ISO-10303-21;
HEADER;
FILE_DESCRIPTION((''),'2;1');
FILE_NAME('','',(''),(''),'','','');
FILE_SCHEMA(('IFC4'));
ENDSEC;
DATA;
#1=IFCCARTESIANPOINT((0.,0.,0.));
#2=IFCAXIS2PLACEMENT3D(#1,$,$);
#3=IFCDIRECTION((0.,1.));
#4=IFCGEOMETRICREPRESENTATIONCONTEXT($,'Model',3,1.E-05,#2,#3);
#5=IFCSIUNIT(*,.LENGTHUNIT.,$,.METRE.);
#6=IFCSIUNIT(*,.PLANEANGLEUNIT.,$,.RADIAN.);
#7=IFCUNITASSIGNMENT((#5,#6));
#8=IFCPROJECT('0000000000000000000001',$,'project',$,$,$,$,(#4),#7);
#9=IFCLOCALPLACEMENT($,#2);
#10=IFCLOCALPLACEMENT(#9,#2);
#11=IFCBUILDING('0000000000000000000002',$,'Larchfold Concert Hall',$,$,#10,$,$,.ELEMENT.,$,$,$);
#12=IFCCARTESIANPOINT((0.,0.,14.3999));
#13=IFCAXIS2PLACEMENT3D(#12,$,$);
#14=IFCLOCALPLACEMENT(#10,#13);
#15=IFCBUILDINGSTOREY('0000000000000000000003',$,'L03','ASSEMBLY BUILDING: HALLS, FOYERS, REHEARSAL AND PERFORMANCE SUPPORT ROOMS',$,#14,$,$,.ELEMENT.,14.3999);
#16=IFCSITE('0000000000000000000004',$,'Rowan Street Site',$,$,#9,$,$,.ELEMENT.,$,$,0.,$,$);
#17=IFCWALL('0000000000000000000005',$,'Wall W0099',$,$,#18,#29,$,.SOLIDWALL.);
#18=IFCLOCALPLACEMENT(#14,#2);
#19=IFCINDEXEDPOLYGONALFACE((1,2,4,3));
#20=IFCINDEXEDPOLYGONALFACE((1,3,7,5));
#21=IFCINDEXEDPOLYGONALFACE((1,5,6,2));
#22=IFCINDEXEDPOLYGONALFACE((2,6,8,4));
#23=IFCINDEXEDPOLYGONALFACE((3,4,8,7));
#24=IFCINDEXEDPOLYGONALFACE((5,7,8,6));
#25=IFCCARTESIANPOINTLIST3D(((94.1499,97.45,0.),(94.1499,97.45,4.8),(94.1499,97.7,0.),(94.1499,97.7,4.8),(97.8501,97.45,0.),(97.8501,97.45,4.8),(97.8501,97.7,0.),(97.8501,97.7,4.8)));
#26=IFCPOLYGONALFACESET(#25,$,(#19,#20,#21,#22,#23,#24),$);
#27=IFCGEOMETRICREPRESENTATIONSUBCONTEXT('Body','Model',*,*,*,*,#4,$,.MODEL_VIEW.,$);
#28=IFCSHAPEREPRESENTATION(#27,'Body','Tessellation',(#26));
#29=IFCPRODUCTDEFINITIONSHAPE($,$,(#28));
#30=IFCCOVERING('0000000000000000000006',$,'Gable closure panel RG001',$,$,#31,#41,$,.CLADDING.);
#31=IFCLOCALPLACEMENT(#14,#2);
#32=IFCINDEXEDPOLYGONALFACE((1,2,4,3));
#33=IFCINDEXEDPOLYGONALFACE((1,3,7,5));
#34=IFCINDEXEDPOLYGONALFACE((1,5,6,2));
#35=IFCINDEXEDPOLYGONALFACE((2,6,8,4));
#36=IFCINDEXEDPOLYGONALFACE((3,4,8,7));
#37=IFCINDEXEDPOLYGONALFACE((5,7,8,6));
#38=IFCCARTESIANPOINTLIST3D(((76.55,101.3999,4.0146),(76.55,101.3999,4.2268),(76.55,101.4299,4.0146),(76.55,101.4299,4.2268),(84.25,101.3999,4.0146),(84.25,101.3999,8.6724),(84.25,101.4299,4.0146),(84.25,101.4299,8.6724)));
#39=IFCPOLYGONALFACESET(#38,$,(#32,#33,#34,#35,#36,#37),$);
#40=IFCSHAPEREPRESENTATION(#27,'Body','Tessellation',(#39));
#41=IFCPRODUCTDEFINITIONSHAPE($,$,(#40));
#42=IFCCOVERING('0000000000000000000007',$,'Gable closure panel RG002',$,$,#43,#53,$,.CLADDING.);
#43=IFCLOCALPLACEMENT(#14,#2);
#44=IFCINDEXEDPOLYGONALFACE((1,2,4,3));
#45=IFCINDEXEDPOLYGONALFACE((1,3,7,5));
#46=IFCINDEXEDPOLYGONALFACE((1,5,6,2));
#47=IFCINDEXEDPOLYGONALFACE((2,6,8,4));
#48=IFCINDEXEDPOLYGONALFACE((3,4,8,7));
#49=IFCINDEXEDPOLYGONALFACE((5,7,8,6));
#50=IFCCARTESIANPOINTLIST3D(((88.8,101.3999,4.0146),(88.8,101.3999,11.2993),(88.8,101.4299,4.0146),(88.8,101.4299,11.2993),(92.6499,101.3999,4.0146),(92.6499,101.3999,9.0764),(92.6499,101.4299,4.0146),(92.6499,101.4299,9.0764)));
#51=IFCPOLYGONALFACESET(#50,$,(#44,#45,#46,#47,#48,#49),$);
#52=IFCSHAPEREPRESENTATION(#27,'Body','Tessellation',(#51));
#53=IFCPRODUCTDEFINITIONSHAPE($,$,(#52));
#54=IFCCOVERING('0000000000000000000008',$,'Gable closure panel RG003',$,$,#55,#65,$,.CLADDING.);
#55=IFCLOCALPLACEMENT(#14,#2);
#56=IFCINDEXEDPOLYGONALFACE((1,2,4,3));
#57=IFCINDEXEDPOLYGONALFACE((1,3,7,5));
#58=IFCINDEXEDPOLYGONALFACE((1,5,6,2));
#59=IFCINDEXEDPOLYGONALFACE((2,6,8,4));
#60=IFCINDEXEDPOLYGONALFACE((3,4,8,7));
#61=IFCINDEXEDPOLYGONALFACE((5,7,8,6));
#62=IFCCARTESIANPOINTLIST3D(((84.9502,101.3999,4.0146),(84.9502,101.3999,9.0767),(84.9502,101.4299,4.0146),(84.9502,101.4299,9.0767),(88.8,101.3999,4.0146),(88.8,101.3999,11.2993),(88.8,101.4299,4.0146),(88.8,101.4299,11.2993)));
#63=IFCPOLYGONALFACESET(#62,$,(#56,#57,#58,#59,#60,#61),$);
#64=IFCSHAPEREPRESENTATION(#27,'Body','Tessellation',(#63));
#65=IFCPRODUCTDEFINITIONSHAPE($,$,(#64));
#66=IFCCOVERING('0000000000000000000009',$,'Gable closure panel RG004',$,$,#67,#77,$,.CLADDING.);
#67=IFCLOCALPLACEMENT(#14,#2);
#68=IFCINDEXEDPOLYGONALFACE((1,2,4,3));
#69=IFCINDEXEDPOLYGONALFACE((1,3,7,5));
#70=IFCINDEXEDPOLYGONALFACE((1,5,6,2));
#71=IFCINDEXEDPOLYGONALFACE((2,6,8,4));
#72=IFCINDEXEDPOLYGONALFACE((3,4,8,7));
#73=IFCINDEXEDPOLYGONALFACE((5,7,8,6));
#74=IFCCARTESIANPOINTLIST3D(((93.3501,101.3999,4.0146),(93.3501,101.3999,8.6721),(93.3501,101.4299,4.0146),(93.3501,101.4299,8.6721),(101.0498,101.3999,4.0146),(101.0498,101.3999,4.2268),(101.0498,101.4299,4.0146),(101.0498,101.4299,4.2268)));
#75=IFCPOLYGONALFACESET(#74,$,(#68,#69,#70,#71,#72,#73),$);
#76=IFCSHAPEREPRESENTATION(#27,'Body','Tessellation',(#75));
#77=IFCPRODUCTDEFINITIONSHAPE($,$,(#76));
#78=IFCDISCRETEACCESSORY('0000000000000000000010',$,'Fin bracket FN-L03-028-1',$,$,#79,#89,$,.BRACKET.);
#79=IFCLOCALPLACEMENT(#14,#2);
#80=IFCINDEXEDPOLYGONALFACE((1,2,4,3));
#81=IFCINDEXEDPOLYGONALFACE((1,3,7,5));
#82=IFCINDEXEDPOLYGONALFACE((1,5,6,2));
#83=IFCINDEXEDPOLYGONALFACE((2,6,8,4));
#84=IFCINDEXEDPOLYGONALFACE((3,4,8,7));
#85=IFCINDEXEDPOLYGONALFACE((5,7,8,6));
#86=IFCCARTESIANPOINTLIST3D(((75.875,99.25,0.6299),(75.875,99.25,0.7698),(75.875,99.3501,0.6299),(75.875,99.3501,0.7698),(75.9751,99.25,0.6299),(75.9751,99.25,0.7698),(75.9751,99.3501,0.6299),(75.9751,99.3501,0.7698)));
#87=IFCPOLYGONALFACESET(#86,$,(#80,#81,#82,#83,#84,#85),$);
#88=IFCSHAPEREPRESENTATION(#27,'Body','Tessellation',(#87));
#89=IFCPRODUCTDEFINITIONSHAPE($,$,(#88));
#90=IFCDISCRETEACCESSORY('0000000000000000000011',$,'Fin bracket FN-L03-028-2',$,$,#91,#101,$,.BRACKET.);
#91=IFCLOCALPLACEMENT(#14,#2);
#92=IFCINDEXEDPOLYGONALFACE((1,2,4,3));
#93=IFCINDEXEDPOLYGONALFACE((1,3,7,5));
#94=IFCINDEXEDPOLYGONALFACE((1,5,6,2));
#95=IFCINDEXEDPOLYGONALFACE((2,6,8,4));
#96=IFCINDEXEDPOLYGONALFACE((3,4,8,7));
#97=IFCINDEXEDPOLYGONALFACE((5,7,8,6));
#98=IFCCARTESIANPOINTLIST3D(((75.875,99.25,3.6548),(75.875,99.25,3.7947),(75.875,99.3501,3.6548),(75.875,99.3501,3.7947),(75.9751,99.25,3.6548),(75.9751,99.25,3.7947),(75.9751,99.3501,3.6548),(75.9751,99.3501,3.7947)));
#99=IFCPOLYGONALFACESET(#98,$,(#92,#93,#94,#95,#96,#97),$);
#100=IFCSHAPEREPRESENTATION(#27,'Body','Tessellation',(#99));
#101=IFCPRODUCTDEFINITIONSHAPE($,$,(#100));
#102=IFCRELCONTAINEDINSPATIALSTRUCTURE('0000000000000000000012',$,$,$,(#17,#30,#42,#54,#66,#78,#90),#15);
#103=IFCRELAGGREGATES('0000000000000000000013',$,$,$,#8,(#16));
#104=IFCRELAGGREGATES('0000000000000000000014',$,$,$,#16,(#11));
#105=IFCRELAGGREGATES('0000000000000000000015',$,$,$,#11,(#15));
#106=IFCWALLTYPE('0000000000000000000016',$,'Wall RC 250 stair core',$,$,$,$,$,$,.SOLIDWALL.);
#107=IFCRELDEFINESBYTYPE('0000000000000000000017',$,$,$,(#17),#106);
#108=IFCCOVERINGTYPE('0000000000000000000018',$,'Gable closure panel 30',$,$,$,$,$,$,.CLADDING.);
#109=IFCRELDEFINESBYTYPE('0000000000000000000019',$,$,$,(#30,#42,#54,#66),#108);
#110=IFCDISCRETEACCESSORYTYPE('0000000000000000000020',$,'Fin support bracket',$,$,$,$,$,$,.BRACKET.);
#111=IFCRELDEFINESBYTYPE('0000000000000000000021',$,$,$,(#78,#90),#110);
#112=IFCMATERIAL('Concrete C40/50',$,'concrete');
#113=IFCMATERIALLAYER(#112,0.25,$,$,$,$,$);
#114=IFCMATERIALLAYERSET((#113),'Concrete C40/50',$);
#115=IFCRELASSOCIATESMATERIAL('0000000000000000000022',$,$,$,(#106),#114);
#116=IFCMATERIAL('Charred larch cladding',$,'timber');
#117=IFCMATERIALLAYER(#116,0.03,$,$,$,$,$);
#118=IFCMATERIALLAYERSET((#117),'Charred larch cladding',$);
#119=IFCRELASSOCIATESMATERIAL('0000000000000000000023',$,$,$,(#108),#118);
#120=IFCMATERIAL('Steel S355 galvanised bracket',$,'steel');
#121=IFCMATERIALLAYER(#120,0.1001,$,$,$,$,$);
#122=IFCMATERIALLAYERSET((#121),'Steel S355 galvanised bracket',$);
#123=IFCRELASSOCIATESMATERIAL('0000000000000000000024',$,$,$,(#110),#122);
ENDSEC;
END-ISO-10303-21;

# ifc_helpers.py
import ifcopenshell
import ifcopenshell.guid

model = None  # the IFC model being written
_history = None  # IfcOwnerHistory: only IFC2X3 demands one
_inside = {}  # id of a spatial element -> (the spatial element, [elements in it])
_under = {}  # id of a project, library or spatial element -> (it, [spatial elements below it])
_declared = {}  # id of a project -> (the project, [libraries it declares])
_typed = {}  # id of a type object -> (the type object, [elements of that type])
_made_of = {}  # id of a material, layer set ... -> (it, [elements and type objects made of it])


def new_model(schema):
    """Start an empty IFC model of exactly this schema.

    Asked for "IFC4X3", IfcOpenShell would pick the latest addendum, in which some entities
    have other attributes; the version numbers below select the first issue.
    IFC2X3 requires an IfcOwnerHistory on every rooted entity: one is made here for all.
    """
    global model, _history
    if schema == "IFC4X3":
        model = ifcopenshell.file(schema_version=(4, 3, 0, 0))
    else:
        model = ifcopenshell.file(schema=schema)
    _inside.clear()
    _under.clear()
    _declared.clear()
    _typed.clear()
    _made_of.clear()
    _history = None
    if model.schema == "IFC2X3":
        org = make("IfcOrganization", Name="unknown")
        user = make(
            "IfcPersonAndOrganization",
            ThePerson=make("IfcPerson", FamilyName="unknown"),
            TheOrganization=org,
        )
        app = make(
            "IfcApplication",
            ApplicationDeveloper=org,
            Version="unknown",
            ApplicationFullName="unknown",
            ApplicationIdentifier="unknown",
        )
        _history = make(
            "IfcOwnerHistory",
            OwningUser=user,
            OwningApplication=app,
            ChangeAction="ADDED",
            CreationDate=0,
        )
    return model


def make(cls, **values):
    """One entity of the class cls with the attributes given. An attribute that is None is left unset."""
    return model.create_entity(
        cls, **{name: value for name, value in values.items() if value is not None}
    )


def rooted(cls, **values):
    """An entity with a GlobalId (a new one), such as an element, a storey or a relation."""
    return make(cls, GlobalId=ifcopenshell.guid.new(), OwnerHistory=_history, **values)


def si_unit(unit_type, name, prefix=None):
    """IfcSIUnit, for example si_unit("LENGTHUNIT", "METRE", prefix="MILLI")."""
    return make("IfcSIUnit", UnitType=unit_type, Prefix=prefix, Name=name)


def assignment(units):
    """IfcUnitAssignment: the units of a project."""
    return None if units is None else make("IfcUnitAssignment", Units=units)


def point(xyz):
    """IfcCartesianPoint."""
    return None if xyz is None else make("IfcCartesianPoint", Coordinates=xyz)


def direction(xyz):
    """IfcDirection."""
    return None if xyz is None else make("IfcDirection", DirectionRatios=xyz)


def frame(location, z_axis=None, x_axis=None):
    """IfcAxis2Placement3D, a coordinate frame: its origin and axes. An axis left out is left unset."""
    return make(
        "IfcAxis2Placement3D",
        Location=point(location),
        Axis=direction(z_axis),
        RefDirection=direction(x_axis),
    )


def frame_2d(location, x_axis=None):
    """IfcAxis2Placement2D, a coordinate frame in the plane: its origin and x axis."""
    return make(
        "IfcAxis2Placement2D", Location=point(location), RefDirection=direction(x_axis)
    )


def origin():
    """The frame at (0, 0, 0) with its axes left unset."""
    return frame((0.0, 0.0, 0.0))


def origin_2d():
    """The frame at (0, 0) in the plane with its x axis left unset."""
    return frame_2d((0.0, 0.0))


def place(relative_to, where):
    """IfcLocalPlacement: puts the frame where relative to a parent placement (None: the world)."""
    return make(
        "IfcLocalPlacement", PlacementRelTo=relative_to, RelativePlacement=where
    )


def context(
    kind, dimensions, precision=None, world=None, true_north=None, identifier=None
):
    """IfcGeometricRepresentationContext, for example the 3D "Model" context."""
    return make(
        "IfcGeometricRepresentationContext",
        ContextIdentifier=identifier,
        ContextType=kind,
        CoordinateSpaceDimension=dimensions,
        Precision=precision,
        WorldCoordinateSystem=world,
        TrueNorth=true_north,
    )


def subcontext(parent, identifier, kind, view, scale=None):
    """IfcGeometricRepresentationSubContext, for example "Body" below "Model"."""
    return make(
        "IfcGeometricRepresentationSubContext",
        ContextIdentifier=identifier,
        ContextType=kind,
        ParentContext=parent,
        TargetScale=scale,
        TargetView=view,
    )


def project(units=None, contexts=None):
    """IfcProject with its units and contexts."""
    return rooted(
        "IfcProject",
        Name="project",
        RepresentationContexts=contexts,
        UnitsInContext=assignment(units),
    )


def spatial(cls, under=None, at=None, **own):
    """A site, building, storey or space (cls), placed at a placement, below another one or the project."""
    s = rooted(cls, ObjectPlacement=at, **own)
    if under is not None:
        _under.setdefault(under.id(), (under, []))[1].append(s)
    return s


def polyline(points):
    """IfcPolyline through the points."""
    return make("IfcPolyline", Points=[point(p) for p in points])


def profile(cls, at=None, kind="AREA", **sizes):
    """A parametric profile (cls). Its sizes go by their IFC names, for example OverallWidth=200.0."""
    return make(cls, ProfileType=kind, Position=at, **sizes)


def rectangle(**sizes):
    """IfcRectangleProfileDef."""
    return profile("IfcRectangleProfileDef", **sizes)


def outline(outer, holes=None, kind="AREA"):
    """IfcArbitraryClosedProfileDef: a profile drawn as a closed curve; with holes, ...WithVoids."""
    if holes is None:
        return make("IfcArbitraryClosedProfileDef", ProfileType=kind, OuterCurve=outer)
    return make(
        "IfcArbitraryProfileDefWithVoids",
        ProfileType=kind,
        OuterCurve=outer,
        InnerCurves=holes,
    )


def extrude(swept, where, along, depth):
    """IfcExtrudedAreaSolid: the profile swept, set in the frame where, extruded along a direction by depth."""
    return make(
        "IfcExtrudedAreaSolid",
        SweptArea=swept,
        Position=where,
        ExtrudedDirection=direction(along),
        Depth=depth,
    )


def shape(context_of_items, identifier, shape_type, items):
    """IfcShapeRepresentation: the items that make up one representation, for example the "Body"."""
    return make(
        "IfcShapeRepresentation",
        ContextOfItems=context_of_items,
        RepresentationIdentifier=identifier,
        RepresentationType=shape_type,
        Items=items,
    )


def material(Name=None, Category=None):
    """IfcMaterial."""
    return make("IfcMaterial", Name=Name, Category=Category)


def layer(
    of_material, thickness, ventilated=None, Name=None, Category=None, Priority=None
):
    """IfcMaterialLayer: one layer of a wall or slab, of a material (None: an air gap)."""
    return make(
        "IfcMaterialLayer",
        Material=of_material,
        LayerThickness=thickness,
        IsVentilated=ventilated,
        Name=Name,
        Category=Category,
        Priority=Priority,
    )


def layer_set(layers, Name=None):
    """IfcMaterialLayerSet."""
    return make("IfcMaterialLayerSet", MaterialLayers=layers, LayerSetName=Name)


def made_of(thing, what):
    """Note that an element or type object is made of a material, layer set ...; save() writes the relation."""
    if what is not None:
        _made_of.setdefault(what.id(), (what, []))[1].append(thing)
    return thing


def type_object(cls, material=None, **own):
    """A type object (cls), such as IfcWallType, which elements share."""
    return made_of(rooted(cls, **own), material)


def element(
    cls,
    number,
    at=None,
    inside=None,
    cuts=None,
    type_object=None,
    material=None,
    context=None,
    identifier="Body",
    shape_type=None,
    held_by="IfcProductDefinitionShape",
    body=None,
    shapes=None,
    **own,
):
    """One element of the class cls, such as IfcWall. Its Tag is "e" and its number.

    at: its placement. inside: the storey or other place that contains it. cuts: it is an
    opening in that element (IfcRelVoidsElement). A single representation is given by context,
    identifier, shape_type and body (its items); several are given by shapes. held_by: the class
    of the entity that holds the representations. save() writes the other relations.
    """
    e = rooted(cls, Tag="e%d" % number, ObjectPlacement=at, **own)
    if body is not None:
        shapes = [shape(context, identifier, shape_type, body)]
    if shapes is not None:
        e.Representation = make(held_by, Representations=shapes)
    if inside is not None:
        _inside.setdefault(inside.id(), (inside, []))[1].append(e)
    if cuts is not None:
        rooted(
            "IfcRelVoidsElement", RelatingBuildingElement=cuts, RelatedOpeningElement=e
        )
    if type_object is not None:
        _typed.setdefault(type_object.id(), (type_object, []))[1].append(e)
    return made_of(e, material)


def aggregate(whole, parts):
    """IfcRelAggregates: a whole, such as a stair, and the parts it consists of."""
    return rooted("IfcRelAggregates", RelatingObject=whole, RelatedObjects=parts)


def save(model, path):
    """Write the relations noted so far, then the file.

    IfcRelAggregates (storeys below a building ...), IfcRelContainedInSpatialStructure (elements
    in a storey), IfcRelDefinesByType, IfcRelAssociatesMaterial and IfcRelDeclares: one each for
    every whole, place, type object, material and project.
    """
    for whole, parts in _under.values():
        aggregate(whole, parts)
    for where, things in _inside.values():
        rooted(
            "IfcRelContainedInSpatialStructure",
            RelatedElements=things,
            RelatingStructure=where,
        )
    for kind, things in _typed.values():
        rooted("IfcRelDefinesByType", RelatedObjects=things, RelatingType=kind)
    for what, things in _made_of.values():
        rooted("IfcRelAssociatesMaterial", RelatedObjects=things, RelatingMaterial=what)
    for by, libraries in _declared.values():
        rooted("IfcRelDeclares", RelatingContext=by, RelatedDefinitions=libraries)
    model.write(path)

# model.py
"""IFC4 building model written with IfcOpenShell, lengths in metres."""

from ifc_helpers import new_model, si_unit, direction, frame, frame_2d, origin, origin_2d, place, context, subcontext, project, spatial, polyline, rectangle, outline, extrude, material, layer, layer_set, type_object, element, save


model = new_model("IFC4")

# Units and contexts
model_context = context("Model", 3, precision=1e-05, world=origin(), true_north=direction((0.0, 1.0)))
body_context = subcontext(model_context, "Body", "Model", "MODEL_VIEW")
ifc_project = project(units=[si_unit("LENGTHUNIT", "METRE"), si_unit("PLANEANGLEUNIT", "RADIAN")], contexts=[model_context])

# Site, building, storey
site_placement = place(None, origin())
site = spatial("IfcSite", under=ifc_project, at=site_placement, Name="Rowan Street Site", CompositionType="ELEMENT", RefElevation=0.0)
building_placement = place(site_placement, origin())
building = spatial("IfcBuilding", under=site, at=building_placement, Name="Larchfold Concert Hall", CompositionType="ELEMENT")
storey_placement = place(building_placement, frame((0.0, 0.0, 14.3999)))
storey = spatial("IfcBuildingStorey", under=building, at=storey_placement, Name="L03", Description="ASSEMBLY BUILDING: HALLS, FOYERS, REHEARSAL AND PERFORMANCE SUPPORT ROOMS", CompositionType="ELEMENT", Elevation=14.3999)

# Wall
ifc_material_1 = material(Name="Concrete C40/50", Category="concrete")
ifc_layer_1 = layer(ifc_material_1, 0.25)
ifc_layer_set_1 = layer_set([ifc_layer_1], Name="Concrete C40/50")
wall_type_1 = type_object("IfcWallType", Name="Wall RC 250 stair core", PredefinedType="SOLIDWALL", material=ifc_layer_set_1)
for number, where, z_axis, x_axis, name in (
    (1, (94.1499, 97.575, 0.0), (0.0, 0.0, 1.0), (1.0, 0.0, 0.0), "Wall W0099"),
):
    element("IfcWall", number, at=place(storey_placement, frame(where, z_axis=z_axis, x_axis=x_axis)), inside=storey, type_object=wall_type_1, Name=name, PredefinedType="SOLIDWALL", context=body_context, shape_type="SweptSolid", body=[
        extrude(rectangle(XDim=3.7002, YDim=0.25, at=frame_2d((1.8501, 0.0))), origin(), (0.0, 0.0, 1.0), 4.8),
    ])

# Coverings
ifc_material_2 = material(Name="Charred larch cladding", Category="timber")
ifc_layer_2 = layer(ifc_material_2, 0.03)
ifc_layer_set_2 = layer_set([ifc_layer_2], Name="Charred larch cladding")
covering_type = type_object("IfcCoveringType", Name="Gable closure panel 30", PredefinedType="CLADDING", material=ifc_layer_set_2)
covering_1_placement = place(storey_placement, frame((84.25, 101.4299, 4.0146), z_axis=(0.0, 1.0, 0.0), x_axis=(-1.0, 0.0, 0.0)))
element("IfcCovering", 2, at=covering_1_placement, inside=storey, type_object=covering_type, Name="Gable closure panel RG001", PredefinedType="CLADDING", context=body_context, shape_type="SweptSolid", body=[
    extrude(outline(polyline([(0.0, 0.0), (7.7, 0.0), (7.7, 0.2122), (0.0, 4.6577), (0.0, 0.0)])), origin(), (0.0, 0.0, -1.0), 0.03),
])
covering_2_placement = place(storey_placement, frame((92.6499, 101.4299, 4.0146), z_axis=(0.0, 1.0, 0.0), x_axis=(-1.0, 0.0, 0.0)))
element("IfcCovering", 3, at=covering_2_placement, inside=storey, type_object=covering_type, Name="Gable closure panel RG002", PredefinedType="CLADDING", context=body_context, shape_type="SweptSolid", body=[
    extrude(outline(polyline([(0.0, 0.0), (3.8499, 0.0), (3.8499, 7.2847), (0.0, 5.0618), (0.0, 0.0)])), origin(), (0.0, 0.0, -1.0), 0.03),
])
covering_3_placement = place(storey_placement, frame((88.8, 101.4299, 4.0146), z_axis=(0.0, 1.0, 0.0), x_axis=(-1.0, 0.0, 0.0)))
element("IfcCovering", 4, at=covering_3_placement, inside=storey, type_object=covering_type, Name="Gable closure panel RG003", PredefinedType="CLADDING", context=body_context, shape_type="SweptSolid", body=[
    extrude(outline(polyline([(0.0, 0.0), (3.8499, 0.0), (3.8499, 5.062), (0.0, 7.2847), (0.0, 0.0)])), origin(), (0.0, 0.0, -1.0), 0.03),
])
covering_4_placement = place(storey_placement, frame((101.0498, 101.4299, 4.0146), z_axis=(0.0, 1.0, 0.0), x_axis=(-1.0, 0.0, 0.0)))
element("IfcCovering", 5, at=covering_4_placement, inside=storey, type_object=covering_type, Name="Gable closure panel RG004", PredefinedType="CLADDING", context=body_context, shape_type="SweptSolid", body=[
    extrude(outline(polyline([(0.0, 0.0), (7.6997, 0.0), (7.6997, 4.6575), (0.0, 0.2122), (0.0, 0.0)])), origin(), (0.0, 0.0, -1.0), 0.03),
])

# Discrete accessories
ifc_material_3 = material(Name="Steel S355 galvanised bracket", Category="steel")
ifc_layer_3 = layer(ifc_material_3, 0.1001)
ifc_layer_set_3 = layer_set([ifc_layer_3], Name="Steel S355 galvanised bracket")
discrete_accessory_type = type_object("IfcDiscreteAccessoryType", Name="Fin support bracket", PredefinedType="BRACKET", material=ifc_layer_set_3)
for number, where, z_axis, x_axis, name in (
    (6, (75.925, 99.3, 0.6299), (0.0, 0.0, 1.0), (-1.0, 0.0, 0.0), "Fin bracket FN-L03-028-1"),
    (7, (75.925, 99.3, 3.6548), (0.0, 0.0, 1.0), (-1.0, 0.0, 0.0), "Fin bracket FN-L03-028-2"),
):
    element("IfcDiscreteAccessory", number, at=place(storey_placement, frame(where, z_axis=z_axis, x_axis=x_axis)), inside=storey, type_object=discrete_accessory_type, Name=name, PredefinedType="BRACKET", context=body_context, shape_type="SweptSolid", body=[
        extrude(rectangle(XDim=0.1001, YDim=0.1001, at=origin_2d()), origin(), (0.0, 0.0, 1.0), 0.1399),
    ])

save(model, "model.ifc")
